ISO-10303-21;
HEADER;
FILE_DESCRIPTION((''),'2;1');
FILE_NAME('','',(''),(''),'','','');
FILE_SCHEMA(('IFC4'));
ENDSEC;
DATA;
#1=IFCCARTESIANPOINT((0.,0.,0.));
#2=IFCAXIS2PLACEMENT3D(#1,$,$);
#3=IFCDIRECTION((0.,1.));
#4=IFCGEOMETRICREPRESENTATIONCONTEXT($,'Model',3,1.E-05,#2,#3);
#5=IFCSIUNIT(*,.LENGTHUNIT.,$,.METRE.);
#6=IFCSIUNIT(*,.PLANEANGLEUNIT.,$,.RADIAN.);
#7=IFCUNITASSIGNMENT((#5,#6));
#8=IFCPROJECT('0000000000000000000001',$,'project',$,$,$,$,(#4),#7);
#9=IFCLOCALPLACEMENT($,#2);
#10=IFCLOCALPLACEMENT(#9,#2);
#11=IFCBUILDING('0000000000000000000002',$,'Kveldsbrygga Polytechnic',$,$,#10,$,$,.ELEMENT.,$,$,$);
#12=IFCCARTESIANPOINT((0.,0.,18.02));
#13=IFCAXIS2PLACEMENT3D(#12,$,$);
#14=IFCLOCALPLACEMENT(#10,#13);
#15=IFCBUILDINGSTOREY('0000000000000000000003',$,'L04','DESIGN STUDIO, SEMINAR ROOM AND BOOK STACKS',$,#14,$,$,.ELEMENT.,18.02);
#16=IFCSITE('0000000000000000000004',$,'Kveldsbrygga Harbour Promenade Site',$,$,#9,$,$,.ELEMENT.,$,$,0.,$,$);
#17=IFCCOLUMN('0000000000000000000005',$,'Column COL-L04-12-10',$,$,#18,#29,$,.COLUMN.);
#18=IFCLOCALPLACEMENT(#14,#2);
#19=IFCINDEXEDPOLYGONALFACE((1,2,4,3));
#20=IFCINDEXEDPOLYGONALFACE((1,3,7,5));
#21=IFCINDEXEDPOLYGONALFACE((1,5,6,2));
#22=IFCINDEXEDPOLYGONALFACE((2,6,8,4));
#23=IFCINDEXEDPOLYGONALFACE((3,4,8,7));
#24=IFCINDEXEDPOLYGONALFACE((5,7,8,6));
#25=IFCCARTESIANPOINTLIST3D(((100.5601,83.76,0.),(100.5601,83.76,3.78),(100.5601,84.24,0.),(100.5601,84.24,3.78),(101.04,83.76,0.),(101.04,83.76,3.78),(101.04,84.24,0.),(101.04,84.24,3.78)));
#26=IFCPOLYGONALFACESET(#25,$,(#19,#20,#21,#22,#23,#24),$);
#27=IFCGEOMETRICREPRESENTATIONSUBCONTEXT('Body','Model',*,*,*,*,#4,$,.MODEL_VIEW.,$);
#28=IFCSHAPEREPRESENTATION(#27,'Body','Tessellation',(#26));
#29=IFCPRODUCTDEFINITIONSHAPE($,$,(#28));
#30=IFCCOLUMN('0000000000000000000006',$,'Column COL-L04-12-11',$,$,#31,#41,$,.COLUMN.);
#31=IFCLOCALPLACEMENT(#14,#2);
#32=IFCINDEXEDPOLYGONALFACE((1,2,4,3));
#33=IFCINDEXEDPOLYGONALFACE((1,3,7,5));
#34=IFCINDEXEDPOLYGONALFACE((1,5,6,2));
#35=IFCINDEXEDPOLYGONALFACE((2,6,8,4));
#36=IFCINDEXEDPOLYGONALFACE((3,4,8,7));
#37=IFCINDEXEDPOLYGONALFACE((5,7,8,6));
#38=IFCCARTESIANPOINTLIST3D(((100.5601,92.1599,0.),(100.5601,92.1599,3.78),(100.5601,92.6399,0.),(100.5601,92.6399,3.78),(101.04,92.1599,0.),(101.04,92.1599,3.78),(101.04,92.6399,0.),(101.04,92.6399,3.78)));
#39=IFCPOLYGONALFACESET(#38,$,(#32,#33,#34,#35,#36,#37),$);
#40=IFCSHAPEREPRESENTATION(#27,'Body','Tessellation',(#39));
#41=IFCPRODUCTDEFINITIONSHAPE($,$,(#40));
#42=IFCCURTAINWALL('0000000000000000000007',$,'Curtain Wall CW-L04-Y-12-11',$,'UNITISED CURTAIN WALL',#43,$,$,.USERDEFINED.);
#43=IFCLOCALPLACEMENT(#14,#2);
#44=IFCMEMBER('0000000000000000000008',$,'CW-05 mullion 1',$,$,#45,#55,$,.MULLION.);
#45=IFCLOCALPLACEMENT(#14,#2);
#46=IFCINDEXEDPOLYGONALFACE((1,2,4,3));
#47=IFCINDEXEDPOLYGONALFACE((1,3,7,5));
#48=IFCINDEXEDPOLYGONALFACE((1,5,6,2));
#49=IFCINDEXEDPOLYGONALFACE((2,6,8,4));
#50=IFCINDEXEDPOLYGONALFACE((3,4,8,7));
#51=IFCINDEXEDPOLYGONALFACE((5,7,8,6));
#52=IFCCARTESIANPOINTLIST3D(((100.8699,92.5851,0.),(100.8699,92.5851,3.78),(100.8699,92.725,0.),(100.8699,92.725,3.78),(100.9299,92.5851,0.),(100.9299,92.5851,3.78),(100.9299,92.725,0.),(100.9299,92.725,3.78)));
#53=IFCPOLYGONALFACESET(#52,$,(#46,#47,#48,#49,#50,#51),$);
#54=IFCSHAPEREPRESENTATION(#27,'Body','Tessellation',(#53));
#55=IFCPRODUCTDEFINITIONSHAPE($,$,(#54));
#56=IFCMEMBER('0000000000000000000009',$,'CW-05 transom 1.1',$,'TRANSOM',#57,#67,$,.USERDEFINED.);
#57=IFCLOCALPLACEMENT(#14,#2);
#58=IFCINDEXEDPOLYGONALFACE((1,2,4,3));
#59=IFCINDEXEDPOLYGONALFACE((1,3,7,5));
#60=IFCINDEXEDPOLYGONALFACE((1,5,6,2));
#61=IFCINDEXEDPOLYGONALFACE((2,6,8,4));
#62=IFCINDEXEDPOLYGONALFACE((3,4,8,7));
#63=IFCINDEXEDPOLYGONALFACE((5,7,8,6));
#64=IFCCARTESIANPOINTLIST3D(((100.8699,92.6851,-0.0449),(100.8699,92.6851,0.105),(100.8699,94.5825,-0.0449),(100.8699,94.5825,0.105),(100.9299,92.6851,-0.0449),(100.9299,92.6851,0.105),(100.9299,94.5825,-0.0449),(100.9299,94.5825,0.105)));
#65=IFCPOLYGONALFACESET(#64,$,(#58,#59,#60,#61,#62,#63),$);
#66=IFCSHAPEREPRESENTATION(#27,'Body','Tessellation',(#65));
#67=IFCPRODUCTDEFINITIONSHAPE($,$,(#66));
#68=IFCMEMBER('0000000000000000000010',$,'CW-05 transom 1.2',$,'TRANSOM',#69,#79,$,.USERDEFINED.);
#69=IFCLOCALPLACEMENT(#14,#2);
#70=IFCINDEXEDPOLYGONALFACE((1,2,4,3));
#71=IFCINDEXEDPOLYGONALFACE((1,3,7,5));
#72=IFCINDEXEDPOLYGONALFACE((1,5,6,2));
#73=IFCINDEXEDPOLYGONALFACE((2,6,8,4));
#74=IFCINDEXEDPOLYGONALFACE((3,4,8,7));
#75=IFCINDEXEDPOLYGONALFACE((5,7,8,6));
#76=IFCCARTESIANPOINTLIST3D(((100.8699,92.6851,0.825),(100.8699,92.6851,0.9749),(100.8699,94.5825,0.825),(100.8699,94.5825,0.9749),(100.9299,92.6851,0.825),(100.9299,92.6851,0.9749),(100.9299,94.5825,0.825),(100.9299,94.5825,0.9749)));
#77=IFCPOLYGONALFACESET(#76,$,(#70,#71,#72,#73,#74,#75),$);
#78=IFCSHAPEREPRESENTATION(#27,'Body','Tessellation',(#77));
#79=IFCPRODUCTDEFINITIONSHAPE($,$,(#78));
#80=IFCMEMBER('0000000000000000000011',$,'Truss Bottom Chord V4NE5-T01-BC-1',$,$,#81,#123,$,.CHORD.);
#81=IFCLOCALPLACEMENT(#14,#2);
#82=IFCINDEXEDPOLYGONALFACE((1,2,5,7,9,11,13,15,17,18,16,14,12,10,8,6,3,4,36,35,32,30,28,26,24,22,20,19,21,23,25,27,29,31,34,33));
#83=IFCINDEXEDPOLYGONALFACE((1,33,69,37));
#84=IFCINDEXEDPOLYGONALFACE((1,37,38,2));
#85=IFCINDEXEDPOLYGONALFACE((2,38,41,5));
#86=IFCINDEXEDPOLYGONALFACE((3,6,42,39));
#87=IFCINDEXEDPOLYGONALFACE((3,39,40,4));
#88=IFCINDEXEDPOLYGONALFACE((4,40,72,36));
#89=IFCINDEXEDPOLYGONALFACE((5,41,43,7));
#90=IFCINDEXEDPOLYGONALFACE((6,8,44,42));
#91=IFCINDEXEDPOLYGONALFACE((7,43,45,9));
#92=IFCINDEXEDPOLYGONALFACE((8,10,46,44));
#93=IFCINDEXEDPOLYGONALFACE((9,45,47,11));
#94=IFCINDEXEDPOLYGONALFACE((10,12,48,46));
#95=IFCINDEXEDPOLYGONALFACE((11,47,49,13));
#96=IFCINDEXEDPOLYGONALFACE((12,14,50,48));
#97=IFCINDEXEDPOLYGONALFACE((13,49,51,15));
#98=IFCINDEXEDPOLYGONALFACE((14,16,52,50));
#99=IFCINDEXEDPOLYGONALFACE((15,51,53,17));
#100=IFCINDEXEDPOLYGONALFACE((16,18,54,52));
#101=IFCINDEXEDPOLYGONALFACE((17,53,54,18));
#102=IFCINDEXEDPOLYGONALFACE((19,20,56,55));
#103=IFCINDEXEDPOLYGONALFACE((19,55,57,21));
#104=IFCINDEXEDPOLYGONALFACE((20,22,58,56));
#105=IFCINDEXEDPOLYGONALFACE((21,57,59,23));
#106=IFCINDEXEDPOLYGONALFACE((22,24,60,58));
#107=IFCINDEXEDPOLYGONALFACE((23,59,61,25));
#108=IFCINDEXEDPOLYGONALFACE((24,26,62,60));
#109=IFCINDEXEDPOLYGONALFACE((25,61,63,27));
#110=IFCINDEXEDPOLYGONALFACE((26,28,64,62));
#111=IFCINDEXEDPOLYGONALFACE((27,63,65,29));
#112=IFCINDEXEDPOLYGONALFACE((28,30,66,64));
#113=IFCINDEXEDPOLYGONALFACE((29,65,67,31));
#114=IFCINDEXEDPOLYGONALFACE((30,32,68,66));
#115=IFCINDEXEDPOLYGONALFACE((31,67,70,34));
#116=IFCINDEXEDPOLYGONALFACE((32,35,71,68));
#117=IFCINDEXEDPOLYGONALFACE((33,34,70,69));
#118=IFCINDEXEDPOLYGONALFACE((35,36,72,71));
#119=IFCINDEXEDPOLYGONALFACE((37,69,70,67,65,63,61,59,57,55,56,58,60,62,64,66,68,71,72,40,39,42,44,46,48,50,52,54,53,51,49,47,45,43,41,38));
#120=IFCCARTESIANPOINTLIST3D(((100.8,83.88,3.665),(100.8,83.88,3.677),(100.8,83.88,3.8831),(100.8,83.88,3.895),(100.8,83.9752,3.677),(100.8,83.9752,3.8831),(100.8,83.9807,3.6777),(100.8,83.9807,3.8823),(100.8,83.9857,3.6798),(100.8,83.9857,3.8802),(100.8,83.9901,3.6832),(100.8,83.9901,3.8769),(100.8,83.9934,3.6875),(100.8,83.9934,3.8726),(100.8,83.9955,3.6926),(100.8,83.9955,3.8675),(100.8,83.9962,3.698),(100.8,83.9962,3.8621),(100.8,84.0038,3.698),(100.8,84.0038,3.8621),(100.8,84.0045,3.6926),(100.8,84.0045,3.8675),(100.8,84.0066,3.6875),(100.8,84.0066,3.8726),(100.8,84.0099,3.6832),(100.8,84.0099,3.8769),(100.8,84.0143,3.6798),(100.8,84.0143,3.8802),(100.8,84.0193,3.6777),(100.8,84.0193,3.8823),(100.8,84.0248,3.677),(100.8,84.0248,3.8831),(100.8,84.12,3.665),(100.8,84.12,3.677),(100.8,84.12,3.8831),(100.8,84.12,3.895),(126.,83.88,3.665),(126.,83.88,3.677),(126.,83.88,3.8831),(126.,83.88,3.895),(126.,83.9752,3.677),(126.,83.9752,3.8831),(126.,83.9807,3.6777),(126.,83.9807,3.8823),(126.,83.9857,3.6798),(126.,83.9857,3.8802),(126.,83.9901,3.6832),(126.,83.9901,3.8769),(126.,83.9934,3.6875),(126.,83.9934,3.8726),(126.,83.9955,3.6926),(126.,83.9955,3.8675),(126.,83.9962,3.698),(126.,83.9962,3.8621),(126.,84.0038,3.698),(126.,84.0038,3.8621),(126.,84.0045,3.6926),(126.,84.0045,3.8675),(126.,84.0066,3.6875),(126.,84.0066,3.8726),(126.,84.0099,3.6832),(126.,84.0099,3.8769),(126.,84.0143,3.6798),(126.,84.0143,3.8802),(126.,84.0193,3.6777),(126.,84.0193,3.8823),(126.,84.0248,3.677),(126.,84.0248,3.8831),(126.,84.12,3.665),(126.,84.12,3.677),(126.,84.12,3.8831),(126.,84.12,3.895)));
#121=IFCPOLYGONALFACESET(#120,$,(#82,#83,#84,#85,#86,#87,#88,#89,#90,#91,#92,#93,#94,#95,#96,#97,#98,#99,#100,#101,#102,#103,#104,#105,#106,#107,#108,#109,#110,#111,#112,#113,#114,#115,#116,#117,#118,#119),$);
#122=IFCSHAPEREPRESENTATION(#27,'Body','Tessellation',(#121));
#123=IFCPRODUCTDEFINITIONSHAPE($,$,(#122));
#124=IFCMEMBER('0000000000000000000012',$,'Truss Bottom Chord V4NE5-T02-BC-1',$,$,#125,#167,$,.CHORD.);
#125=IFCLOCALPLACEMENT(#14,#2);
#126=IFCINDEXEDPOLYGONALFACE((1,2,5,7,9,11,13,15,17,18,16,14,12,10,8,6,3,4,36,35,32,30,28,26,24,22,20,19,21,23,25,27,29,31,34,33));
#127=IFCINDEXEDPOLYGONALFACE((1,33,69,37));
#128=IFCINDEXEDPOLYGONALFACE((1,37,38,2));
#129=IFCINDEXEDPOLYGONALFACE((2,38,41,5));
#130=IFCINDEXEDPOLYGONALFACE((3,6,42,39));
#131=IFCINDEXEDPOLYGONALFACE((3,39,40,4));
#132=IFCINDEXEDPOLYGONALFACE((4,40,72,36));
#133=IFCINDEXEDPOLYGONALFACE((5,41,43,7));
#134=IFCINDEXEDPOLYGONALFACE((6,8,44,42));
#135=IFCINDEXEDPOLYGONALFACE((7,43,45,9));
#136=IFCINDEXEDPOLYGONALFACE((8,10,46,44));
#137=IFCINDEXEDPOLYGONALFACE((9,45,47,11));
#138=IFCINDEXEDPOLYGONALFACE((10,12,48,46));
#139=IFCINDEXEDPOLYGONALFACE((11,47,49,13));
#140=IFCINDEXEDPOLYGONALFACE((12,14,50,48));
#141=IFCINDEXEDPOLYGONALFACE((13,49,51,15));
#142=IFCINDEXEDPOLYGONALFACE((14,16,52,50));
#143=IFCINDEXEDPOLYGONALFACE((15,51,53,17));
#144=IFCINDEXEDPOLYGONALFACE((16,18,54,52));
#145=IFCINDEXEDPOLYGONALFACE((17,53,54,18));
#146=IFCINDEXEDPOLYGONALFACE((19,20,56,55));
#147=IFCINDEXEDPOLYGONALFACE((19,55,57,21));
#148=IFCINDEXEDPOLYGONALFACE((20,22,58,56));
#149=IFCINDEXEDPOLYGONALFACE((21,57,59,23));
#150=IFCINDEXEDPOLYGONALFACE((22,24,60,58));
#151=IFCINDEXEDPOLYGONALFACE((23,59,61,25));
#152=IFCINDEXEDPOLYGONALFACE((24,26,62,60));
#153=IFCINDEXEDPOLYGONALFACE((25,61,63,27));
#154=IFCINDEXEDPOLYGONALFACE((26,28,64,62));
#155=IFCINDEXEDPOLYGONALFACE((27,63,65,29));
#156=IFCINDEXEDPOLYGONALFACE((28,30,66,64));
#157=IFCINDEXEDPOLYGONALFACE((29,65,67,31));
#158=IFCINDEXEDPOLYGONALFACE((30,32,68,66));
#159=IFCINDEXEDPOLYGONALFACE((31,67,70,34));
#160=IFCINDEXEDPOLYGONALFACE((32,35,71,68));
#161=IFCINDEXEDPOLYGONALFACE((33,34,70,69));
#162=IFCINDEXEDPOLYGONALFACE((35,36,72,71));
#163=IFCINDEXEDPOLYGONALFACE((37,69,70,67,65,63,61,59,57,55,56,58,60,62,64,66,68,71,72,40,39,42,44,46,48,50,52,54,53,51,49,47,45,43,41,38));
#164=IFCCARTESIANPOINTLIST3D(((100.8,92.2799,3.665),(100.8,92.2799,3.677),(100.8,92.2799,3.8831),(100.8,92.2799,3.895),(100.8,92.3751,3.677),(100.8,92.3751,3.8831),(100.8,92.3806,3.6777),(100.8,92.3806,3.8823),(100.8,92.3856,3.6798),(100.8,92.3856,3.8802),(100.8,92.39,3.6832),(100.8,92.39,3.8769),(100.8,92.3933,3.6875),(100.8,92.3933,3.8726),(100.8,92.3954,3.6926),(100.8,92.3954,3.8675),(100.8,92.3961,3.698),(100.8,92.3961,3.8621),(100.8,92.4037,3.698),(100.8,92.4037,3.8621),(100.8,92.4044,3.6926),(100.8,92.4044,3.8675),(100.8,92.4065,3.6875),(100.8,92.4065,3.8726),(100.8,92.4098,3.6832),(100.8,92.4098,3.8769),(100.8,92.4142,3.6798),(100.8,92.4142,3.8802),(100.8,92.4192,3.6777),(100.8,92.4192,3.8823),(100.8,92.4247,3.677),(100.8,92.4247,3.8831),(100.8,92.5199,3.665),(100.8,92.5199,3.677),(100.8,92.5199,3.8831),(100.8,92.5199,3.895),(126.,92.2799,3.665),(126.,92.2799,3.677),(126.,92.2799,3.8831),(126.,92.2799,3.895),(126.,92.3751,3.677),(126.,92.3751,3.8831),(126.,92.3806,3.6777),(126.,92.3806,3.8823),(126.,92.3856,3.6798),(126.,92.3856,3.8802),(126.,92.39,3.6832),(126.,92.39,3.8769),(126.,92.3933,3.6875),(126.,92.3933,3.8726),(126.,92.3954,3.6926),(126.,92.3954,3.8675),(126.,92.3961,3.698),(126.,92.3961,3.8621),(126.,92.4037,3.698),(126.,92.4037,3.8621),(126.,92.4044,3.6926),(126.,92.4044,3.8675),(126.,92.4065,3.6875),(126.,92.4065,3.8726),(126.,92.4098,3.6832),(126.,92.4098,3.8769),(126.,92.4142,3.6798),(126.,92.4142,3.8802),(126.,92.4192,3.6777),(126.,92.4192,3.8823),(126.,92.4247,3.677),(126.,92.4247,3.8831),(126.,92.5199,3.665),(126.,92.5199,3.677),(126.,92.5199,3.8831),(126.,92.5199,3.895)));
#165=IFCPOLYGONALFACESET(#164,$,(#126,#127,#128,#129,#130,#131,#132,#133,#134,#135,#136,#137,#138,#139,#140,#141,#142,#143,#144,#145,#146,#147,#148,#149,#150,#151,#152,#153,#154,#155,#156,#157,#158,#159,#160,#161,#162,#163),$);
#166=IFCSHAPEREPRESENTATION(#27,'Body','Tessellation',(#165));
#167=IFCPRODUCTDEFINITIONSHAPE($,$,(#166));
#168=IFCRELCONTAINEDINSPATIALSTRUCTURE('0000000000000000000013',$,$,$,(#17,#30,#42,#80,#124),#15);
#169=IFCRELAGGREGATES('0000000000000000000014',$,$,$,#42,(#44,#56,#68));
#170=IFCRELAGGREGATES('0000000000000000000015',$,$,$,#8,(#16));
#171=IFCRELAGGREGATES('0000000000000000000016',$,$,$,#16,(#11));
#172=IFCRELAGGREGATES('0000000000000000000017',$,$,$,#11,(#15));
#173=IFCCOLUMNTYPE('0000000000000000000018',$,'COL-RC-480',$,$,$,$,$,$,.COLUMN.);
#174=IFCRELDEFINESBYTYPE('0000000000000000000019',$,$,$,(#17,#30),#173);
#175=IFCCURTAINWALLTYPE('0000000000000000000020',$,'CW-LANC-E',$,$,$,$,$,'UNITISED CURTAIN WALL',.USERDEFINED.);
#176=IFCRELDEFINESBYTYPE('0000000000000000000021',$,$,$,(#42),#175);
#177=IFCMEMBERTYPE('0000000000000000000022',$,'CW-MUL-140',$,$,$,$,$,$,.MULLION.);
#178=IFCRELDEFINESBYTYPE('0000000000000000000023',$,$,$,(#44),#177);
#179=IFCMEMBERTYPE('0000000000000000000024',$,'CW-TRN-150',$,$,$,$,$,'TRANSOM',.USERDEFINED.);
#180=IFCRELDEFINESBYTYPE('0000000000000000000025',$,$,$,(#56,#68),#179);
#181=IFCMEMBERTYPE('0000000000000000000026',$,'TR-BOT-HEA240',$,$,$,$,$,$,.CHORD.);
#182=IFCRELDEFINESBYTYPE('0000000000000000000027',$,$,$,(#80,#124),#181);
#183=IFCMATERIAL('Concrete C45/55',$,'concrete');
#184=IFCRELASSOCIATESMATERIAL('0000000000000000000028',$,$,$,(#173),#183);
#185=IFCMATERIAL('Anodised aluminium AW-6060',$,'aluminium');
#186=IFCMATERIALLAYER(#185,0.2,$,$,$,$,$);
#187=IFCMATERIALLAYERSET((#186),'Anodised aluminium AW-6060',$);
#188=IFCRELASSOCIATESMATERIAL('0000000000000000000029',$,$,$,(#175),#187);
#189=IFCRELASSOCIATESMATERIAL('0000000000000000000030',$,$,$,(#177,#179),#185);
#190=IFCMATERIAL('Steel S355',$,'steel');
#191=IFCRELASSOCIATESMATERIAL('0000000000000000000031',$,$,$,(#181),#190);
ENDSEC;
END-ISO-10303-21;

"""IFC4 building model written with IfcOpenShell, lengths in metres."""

from ifc_helpers import new_model, si_unit, direction, frame, origin, origin_2d, place, context, subcontext, project, spatial, rectangle, i_section, extrude, material, layer, layer_set, material_profile, profile_set, type_object, element, aggregate, save


model = new_model("IFC4")

# Units and contexts
model_context = context("Model", 3, precision=1e-05, world=origin(), true_north=direction((0.0, 1.0)))
body_context = subcontext(model_context, "Body", "Model", "MODEL_VIEW")
ifc_project = project(units=[si_unit("LENGTHUNIT", "METRE"), si_unit("PLANEANGLEUNIT", "RADIAN")], contexts=[model_context])

# Site, building, storey
site_placement = place(None, origin())
site = spatial("IfcSite", under=ifc_project, at=site_placement, Name="Kveldsbrygga Harbour Promenade Site", CompositionType="ELEMENT", RefElevation=0.0)
building_placement = place(site_placement, origin())
building = spatial("IfcBuilding", under=site, at=building_placement, Name="Kveldsbrygga Polytechnic", CompositionType="ELEMENT")
storey_placement = place(building_placement, frame((0.0, 0.0, 18.02)))
storey = spatial("IfcBuildingStorey", under=building, at=storey_placement, Name="L04", Description="DESIGN STUDIO, SEMINAR ROOM AND BOOK STACKS", CompositionType="ELEMENT", Elevation=18.02)

# Columns
ifc_material_1 = material(Name="Concrete C45/55", Category="concrete")
ifc_material_profile_1 = material_profile(ifc_material_1, rectangle(XDim=0.48, YDim=0.48, at=origin_2d()), Name="RC 480x480")
ifc_profile_set_1 = profile_set([ifc_material_profile_1], Name="Concrete C45/55")
column_type = type_object("IfcColumnType", Name="COL-RC-480", PredefinedType="COLUMN", material=ifc_profile_set_1)
for number, where, z_axis, x_axis, name in (
    (1, (100.8, 84.0, 0.0), (0.0, 0.0, 1.0), (1.0, 0.0, 0.0), "Column COL-L04-12-10"),
    (2, (100.8, 92.3999, 0.0), (0.0, 0.0, 1.0), (1.0, 0.0, 0.0), "Column COL-L04-12-11"),
):
    element("IfcColumn", number, at=place(storey_placement, frame(where, z_axis=z_axis, x_axis=x_axis)), inside=storey, type_object=column_type, Name=name, PredefinedType="COLUMN", context=body_context, shape_type="SweptSolid", body=[
        extrude(rectangle(XDim=0.48, YDim=0.48, at=origin_2d()), origin(), (0.0, 0.0, 1.0), 3.78),
    ])

# Curtain wall, members
ifc_material_2 = material(Name="Anodised aluminium AW-6060", Category="aluminium")
ifc_layer_1 = layer(ifc_material_2, 0.2)
ifc_layer_set_1 = layer_set([ifc_layer_1], Name="Anodised aluminium AW-6060")
curtain_wall_type = type_object("IfcCurtainWallType", Name="CW-LANC-E", ElementType="UNITISED CURTAIN WALL", PredefinedType="USERDEFINED", material=ifc_layer_set_1)
curtain_wall_placement = place(storey_placement, origin())
curtain_wall = element("IfcCurtainWall", 3, at=curtain_wall_placement, inside=storey, type_object=curtain_wall_type, Name="Curtain Wall CW-L04-Y-12-11", ObjectType="UNITISED CURTAIN WALL", PredefinedType="USERDEFINED")
ifc_material_profile_2 = material_profile(ifc_material_2, rectangle(XDim=0.0601, YDim=0.1399, at=origin_2d()), Name="ALU 60x140")
ifc_profile_set_2 = profile_set([ifc_material_profile_2], Name="Anodised aluminium AW-6060")
member_type_1 = type_object("IfcMemberType", Name="CW-MUL-140", PredefinedType="MULLION", material=ifc_profile_set_2)
member_1_placement = place(storey_placement, frame((100.8999, 92.655, 0.0), z_axis=(0.0, 0.0, 1.0), x_axis=(-1.0, 0.0, 0.0)))
member_1 = element("IfcMember", 4, at=member_1_placement, type_object=member_type_1, Name="CW-05 mullion 1", PredefinedType="MULLION", context=body_context, shape_type="SweptSolid", body=[
    extrude(rectangle(XDim=0.0601, YDim=0.1399, at=origin_2d()), origin(), (0.0, 0.0, 1.0), 3.78),
])
ifc_material_profile_3 = material_profile(ifc_material_2, rectangle(XDim=0.0601, YDim=0.1499, at=origin_2d()), Name="ALU 60x150")
ifc_profile_set_3 = profile_set([ifc_material_profile_3], Name="Anodised aluminium AW-6060")
member_type_2 = type_object("IfcMemberType", Name="CW-TRN-150", ElementType="TRANSOM", PredefinedType="USERDEFINED", material=ifc_profile_set_3)
member_2_placement = place(storey_placement, frame((100.8999, 92.6851, 0.03), z_axis=(0.0, 1.0, 0.0), x_axis=(-1.0, 0.0, 0.0)))
member_2 = element("IfcMember", 5, at=member_2_placement, type_object=member_type_2, Name="CW-05 transom 1.1", ObjectType="TRANSOM", PredefinedType="USERDEFINED", context=body_context, shape_type="SweptSolid", body=[
    extrude(rectangle(XDim=0.0601, YDim=0.1499, at=origin_2d()), origin(), (0.0, 0.0, 1.0), 1.8975),
])
member_3_placement = place(storey_placement, frame((100.8999, 92.6851, 0.8999), z_axis=(0.0, 1.0, 0.0), x_axis=(-1.0, 0.0, 0.0)))
member_3 = element("IfcMember", 6, at=member_3_placement, type_object=member_type_2, Name="CW-05 transom 1.2", ObjectType="TRANSOM", PredefinedType="USERDEFINED", context=body_context, shape_type="SweptSolid", body=[
    extrude(rectangle(XDim=0.0601, YDim=0.1499, at=origin_2d()), origin(), (0.0, 0.0, 1.0), 1.8975),
])
aggregate(curtain_wall, [member_1, member_2, member_3])

# Members
ifc_material_3 = material(Name="Steel S355", Category="steel")
ifc_material_profile_4 = material_profile(ifc_material_3, i_section(OverallWidth=0.24, OverallDepth=0.23, WebThickness=0.0076, FlangeThickness=0.012, FilletRadius=0.021, at=origin_2d()), Name="HEA 240")
ifc_profile_set_4 = profile_set([ifc_material_profile_4], Name="Steel S355")
member_type_3 = type_object("IfcMemberType", Name="TR-BOT-HEA240", PredefinedType="CHORD", material=ifc_profile_set_4)
for number, where, z_axis, x_axis, name in (
    (7, (100.8, 84.0, 3.78), (1.0, 0.0, 0.0), (0.0, 1.0, 0.0), "Truss Bottom Chord V4NE5-T01-BC-1"),
    (8, (100.8, 92.3999, 3.78), (1.0, 0.0, 0.0), (0.0, 1.0, 0.0), "Truss Bottom Chord V4NE5-T02-BC-1"),
):
    element("IfcMember", number, at=place(storey_placement, frame(where, z_axis=z_axis, x_axis=x_axis)), inside=storey, type_object=member_type_3, Name=name, PredefinedType="CHORD", context=body_context, shape_type="SweptSolid", body=[
        extrude(i_section(OverallWidth=0.24, OverallDepth=0.23, WebThickness=0.0076, FlangeThickness=0.012, FilletRadius=0.021, at=origin_2d()), origin(), (0.0, 0.0, 1.0), 25.2),
    ])

save(model, "model.ifc")
